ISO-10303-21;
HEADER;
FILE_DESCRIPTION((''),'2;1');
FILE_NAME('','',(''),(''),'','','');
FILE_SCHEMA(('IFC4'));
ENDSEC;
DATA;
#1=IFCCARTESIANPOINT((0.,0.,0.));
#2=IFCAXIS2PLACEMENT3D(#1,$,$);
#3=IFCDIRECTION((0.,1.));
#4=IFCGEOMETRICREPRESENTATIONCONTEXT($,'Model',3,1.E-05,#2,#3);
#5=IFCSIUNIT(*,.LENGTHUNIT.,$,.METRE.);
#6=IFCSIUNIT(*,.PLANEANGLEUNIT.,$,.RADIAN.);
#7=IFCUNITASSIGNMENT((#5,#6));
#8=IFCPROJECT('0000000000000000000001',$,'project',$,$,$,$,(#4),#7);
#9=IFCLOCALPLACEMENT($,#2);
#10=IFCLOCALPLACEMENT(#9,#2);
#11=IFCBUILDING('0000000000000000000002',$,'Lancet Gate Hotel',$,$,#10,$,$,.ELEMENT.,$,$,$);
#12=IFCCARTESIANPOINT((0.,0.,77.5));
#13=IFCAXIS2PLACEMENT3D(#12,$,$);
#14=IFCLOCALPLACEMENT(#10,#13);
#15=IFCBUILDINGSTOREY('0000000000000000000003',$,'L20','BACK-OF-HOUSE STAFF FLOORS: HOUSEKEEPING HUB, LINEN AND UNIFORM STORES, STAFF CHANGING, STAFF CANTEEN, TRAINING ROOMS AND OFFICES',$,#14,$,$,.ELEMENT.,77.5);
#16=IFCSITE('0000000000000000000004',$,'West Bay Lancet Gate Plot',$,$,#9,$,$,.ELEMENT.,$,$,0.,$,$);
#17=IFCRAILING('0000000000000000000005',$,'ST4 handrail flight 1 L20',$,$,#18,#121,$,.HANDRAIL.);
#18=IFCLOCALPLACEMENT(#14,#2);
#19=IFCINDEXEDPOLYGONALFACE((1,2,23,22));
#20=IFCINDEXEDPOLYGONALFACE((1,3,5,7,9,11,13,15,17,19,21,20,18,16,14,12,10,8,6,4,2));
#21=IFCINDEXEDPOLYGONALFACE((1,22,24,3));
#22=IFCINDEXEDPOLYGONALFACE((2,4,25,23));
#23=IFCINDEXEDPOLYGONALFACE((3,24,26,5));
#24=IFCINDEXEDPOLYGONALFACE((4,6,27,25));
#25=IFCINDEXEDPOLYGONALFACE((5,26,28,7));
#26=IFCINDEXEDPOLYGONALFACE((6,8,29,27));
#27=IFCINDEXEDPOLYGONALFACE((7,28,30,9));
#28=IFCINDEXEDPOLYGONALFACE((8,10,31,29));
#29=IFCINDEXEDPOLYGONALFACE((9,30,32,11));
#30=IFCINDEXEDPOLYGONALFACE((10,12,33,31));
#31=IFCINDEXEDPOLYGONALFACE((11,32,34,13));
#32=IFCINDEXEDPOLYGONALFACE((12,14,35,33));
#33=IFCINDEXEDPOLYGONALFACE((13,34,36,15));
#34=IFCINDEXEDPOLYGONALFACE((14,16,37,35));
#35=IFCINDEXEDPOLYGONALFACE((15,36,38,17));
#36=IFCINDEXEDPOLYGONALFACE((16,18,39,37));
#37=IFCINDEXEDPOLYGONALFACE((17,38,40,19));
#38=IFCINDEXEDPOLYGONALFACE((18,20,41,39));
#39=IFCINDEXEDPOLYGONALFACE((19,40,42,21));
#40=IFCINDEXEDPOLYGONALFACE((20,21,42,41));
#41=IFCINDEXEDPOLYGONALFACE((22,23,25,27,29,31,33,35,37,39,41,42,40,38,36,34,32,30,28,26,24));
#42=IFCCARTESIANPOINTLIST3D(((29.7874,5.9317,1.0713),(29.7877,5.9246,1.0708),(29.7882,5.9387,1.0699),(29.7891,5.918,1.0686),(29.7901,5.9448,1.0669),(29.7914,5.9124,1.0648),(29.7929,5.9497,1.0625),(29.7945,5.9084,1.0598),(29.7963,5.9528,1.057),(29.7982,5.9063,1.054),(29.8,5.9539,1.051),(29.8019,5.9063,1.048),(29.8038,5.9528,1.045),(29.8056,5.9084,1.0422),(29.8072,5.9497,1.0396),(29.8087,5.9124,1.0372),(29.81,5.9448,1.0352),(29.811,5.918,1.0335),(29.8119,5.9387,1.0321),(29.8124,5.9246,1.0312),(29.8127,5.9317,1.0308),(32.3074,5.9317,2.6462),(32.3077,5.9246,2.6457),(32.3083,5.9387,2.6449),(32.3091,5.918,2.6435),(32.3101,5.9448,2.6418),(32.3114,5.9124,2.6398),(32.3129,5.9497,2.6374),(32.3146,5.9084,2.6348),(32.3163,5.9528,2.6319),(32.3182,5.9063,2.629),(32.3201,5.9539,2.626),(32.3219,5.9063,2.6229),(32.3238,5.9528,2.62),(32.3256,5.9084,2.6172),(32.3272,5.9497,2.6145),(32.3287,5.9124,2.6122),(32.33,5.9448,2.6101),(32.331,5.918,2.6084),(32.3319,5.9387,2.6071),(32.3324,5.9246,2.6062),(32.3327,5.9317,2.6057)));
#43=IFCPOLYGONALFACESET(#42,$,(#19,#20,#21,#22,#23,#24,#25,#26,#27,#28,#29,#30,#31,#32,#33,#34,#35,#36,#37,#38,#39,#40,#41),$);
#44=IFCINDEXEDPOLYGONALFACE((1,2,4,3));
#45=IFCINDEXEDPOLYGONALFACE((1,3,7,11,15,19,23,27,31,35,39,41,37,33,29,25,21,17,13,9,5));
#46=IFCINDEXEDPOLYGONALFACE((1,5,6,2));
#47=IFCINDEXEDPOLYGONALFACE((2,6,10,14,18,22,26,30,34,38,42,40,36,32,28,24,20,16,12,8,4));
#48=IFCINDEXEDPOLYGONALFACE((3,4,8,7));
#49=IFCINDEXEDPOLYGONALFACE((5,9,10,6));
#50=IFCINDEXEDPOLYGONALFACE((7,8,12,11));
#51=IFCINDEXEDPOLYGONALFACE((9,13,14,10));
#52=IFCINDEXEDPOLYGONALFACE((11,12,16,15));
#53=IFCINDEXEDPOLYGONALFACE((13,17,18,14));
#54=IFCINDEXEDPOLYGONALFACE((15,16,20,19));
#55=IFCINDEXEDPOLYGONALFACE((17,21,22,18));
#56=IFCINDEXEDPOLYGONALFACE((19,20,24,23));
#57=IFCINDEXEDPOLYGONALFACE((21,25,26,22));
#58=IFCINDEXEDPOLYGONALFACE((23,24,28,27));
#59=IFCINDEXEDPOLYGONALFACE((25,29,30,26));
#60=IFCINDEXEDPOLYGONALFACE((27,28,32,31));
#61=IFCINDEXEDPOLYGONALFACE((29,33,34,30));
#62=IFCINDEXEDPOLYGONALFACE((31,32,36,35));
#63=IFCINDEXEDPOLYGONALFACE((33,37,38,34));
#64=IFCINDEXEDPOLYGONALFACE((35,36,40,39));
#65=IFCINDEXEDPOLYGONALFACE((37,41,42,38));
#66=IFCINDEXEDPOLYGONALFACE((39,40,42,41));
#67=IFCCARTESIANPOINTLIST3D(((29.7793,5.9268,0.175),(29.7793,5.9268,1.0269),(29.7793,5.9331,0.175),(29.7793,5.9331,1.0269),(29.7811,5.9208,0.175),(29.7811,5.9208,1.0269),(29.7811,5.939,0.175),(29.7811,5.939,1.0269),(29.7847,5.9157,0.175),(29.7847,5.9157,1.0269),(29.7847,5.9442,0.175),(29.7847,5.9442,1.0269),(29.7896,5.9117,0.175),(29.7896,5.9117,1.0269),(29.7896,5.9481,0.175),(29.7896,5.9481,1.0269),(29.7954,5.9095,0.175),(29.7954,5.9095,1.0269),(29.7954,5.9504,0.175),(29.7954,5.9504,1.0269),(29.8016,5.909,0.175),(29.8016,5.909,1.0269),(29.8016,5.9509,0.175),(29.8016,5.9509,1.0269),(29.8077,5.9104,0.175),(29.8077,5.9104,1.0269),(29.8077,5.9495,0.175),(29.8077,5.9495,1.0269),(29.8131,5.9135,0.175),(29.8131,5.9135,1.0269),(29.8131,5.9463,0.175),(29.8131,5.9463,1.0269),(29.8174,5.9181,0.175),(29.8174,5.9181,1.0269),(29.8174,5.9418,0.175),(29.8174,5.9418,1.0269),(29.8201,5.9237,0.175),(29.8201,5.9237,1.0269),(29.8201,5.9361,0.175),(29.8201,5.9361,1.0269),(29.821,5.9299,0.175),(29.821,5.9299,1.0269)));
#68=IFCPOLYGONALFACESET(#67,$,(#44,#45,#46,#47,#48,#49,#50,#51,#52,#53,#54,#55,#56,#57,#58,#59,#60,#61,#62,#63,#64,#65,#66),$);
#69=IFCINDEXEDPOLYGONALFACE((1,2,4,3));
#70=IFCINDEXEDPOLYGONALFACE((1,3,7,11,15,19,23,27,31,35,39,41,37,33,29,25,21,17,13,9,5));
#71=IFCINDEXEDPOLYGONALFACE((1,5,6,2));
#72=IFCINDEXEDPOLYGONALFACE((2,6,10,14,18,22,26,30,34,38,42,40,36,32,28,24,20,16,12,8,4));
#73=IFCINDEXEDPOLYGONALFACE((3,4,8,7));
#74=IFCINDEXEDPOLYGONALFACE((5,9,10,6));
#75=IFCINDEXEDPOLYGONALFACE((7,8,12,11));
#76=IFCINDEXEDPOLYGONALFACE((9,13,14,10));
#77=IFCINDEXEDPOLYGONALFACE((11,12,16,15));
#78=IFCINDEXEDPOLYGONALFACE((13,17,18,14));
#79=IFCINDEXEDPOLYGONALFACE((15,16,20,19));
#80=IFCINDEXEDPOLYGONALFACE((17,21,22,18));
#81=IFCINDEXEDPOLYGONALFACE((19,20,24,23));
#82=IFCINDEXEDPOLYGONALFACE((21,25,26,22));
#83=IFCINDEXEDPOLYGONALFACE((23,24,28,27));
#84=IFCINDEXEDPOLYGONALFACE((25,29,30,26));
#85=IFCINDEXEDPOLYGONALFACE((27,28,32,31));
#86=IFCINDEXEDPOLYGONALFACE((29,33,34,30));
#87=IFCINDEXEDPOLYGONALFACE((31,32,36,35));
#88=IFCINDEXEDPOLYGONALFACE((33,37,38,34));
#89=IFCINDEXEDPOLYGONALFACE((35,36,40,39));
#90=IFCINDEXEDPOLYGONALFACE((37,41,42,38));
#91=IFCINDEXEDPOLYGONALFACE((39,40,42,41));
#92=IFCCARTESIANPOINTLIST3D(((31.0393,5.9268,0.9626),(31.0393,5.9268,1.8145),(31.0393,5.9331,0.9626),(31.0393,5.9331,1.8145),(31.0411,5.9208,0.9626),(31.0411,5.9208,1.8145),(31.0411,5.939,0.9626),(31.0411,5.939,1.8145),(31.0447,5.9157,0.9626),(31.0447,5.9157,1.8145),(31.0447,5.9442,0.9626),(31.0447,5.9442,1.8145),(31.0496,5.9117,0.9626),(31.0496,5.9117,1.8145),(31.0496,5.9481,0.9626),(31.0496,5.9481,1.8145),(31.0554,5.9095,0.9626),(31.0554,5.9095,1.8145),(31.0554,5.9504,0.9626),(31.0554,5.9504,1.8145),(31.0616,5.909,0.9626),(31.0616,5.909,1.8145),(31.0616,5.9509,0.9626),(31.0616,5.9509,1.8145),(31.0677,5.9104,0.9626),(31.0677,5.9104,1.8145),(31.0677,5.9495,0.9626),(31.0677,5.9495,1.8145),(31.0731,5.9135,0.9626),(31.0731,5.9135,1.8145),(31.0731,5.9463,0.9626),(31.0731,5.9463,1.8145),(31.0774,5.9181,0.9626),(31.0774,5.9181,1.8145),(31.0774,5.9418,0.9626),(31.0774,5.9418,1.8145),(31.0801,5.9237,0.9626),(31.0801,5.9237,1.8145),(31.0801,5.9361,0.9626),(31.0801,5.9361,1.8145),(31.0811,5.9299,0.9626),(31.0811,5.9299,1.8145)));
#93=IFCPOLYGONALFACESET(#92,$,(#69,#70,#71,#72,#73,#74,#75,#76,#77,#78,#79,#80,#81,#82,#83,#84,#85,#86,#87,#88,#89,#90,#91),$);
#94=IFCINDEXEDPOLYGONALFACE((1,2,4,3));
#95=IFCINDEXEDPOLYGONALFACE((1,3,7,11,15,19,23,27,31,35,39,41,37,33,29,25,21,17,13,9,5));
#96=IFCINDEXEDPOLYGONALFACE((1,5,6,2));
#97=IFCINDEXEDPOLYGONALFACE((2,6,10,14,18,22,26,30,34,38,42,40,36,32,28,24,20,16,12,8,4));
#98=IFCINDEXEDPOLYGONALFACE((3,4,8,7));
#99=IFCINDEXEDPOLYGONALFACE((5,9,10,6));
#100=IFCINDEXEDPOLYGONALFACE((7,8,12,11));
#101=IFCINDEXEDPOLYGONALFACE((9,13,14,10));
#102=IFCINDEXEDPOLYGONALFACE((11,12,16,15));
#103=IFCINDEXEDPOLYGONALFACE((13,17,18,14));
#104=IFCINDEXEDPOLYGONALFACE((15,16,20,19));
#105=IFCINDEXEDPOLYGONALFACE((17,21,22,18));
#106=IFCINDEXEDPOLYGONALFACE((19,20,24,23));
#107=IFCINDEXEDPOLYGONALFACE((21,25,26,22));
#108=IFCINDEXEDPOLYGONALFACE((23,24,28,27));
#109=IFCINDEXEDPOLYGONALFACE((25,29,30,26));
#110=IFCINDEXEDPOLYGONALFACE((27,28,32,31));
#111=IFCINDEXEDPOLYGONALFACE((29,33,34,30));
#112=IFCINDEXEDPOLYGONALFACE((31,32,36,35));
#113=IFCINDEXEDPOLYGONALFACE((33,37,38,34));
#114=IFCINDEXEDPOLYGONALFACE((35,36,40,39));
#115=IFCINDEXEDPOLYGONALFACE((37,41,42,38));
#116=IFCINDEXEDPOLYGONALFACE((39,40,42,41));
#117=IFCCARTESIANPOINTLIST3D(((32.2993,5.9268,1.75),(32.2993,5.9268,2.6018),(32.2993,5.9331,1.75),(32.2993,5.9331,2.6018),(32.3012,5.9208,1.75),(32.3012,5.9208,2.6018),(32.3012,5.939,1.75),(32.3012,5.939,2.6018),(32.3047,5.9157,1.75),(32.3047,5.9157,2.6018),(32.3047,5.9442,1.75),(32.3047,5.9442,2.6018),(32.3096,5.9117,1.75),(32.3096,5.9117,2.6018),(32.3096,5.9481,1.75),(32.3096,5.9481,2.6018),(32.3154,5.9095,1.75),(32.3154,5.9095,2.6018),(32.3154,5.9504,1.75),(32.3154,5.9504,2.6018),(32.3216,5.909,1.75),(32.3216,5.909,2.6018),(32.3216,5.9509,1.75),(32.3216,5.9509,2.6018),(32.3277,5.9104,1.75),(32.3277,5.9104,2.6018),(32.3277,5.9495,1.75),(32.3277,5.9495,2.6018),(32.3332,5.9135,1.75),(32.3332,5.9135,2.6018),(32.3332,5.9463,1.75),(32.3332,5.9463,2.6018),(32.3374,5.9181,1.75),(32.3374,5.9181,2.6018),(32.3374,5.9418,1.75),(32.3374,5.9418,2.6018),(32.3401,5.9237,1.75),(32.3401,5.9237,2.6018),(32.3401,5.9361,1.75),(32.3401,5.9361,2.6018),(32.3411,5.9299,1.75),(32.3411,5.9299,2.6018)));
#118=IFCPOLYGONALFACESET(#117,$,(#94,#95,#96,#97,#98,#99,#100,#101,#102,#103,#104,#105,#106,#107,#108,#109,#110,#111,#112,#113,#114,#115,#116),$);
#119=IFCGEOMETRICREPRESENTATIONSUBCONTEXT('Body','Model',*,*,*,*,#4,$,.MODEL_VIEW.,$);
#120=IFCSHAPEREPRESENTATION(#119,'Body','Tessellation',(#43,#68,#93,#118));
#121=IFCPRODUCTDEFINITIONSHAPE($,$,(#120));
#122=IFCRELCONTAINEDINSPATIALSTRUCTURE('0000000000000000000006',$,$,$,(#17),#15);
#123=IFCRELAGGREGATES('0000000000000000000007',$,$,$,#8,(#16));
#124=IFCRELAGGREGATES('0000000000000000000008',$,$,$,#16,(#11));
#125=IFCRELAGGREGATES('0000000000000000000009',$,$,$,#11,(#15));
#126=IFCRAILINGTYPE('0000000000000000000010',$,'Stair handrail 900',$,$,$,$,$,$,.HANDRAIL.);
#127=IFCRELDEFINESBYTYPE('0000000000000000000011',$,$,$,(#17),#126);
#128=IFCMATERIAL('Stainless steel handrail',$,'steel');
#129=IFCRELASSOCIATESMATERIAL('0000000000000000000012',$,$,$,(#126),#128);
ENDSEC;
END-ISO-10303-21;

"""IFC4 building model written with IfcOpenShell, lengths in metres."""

from ifc_helpers import new_model, si_unit, direction, frame, origin, origin_2d, place, context, subcontext, project, spatial, circle, extrude, material, type_object, element, save


model = new_model("IFC4")

# Units and contexts
model_context = context("Model", 3, precision=1e-05, world=origin(), true_north=direction((0.0, 1.0)))
body_context = subcontext(model_context, "Body", "Model", "MODEL_VIEW")
ifc_project = project(units=[si_unit("LENGTHUNIT", "METRE"), si_unit("PLANEANGLEUNIT", "RADIAN")], contexts=[model_context])

# Site, building, storey
site_placement = place(None, origin())
site = spatial("IfcSite", under=ifc_project, at=site_placement, Name="West Bay Lancet Gate Plot", CompositionType="ELEMENT", RefElevation=0.0)
building_placement = place(site_placement, origin())
building = spatial("IfcBuilding", under=site, at=building_placement, Name="Lancet Gate Hotel", CompositionType="ELEMENT")
storey_placement = place(building_placement, frame((0.0, 0.0, 77.5)))
storey = spatial("IfcBuildingStorey", under=building, at=storey_placement, Name="L20", Description="BACK-OF-HOUSE STAFF FLOORS: HOUSEKEEPING HUB, LINEN AND UNIFORM STORES, STAFF CHANGING, STAFF CANTEEN, TRAINING ROOMS AND OFFICES", CompositionType="ELEMENT", Elevation=77.5)

# Railing
ifc_material_1 = material(Name="Stainless steel handrail", Category="steel")
railing_type = type_object("IfcRailingType", Name="Stair handrail 900", PredefinedType="HANDRAIL", material=ifc_material_1)
railing_1_placement = place(storey_placement, frame((29.8, 5.9299, 0.175)))
element("IfcRailing", 1, at=railing_1_placement, inside=storey, type_object=railing_type, Name="ST4 handrail flight 1 L20", PredefinedType="HANDRAIL", context=body_context, shape_type="SweptSolid", body=[
    extrude(circle(Radius=0.0239, at=origin_2d()), frame((0.0, 0.0, 0.876), z_axis=(0.848008, 0.0, 0.529984), x_axis=(0.0, 1.0, 0.0)), (0.0, 0.0, 1.0), 2.9717),
    extrude(circle(Radius=0.021, at=origin_2d()), origin(), (0.0, 0.0, 1.0), 0.8518),
    extrude(circle(Radius=0.021, at=origin_2d()), frame((1.26, 0.0, 0.7876)), (0.0, 0.0, 1.0), 0.8518),
    extrude(circle(Radius=0.021, at=origin_2d()), frame((2.52, 0.0, 1.575)), (0.0, 0.0, 1.0), 0.8518),
])

save(model, "model.ifc")
